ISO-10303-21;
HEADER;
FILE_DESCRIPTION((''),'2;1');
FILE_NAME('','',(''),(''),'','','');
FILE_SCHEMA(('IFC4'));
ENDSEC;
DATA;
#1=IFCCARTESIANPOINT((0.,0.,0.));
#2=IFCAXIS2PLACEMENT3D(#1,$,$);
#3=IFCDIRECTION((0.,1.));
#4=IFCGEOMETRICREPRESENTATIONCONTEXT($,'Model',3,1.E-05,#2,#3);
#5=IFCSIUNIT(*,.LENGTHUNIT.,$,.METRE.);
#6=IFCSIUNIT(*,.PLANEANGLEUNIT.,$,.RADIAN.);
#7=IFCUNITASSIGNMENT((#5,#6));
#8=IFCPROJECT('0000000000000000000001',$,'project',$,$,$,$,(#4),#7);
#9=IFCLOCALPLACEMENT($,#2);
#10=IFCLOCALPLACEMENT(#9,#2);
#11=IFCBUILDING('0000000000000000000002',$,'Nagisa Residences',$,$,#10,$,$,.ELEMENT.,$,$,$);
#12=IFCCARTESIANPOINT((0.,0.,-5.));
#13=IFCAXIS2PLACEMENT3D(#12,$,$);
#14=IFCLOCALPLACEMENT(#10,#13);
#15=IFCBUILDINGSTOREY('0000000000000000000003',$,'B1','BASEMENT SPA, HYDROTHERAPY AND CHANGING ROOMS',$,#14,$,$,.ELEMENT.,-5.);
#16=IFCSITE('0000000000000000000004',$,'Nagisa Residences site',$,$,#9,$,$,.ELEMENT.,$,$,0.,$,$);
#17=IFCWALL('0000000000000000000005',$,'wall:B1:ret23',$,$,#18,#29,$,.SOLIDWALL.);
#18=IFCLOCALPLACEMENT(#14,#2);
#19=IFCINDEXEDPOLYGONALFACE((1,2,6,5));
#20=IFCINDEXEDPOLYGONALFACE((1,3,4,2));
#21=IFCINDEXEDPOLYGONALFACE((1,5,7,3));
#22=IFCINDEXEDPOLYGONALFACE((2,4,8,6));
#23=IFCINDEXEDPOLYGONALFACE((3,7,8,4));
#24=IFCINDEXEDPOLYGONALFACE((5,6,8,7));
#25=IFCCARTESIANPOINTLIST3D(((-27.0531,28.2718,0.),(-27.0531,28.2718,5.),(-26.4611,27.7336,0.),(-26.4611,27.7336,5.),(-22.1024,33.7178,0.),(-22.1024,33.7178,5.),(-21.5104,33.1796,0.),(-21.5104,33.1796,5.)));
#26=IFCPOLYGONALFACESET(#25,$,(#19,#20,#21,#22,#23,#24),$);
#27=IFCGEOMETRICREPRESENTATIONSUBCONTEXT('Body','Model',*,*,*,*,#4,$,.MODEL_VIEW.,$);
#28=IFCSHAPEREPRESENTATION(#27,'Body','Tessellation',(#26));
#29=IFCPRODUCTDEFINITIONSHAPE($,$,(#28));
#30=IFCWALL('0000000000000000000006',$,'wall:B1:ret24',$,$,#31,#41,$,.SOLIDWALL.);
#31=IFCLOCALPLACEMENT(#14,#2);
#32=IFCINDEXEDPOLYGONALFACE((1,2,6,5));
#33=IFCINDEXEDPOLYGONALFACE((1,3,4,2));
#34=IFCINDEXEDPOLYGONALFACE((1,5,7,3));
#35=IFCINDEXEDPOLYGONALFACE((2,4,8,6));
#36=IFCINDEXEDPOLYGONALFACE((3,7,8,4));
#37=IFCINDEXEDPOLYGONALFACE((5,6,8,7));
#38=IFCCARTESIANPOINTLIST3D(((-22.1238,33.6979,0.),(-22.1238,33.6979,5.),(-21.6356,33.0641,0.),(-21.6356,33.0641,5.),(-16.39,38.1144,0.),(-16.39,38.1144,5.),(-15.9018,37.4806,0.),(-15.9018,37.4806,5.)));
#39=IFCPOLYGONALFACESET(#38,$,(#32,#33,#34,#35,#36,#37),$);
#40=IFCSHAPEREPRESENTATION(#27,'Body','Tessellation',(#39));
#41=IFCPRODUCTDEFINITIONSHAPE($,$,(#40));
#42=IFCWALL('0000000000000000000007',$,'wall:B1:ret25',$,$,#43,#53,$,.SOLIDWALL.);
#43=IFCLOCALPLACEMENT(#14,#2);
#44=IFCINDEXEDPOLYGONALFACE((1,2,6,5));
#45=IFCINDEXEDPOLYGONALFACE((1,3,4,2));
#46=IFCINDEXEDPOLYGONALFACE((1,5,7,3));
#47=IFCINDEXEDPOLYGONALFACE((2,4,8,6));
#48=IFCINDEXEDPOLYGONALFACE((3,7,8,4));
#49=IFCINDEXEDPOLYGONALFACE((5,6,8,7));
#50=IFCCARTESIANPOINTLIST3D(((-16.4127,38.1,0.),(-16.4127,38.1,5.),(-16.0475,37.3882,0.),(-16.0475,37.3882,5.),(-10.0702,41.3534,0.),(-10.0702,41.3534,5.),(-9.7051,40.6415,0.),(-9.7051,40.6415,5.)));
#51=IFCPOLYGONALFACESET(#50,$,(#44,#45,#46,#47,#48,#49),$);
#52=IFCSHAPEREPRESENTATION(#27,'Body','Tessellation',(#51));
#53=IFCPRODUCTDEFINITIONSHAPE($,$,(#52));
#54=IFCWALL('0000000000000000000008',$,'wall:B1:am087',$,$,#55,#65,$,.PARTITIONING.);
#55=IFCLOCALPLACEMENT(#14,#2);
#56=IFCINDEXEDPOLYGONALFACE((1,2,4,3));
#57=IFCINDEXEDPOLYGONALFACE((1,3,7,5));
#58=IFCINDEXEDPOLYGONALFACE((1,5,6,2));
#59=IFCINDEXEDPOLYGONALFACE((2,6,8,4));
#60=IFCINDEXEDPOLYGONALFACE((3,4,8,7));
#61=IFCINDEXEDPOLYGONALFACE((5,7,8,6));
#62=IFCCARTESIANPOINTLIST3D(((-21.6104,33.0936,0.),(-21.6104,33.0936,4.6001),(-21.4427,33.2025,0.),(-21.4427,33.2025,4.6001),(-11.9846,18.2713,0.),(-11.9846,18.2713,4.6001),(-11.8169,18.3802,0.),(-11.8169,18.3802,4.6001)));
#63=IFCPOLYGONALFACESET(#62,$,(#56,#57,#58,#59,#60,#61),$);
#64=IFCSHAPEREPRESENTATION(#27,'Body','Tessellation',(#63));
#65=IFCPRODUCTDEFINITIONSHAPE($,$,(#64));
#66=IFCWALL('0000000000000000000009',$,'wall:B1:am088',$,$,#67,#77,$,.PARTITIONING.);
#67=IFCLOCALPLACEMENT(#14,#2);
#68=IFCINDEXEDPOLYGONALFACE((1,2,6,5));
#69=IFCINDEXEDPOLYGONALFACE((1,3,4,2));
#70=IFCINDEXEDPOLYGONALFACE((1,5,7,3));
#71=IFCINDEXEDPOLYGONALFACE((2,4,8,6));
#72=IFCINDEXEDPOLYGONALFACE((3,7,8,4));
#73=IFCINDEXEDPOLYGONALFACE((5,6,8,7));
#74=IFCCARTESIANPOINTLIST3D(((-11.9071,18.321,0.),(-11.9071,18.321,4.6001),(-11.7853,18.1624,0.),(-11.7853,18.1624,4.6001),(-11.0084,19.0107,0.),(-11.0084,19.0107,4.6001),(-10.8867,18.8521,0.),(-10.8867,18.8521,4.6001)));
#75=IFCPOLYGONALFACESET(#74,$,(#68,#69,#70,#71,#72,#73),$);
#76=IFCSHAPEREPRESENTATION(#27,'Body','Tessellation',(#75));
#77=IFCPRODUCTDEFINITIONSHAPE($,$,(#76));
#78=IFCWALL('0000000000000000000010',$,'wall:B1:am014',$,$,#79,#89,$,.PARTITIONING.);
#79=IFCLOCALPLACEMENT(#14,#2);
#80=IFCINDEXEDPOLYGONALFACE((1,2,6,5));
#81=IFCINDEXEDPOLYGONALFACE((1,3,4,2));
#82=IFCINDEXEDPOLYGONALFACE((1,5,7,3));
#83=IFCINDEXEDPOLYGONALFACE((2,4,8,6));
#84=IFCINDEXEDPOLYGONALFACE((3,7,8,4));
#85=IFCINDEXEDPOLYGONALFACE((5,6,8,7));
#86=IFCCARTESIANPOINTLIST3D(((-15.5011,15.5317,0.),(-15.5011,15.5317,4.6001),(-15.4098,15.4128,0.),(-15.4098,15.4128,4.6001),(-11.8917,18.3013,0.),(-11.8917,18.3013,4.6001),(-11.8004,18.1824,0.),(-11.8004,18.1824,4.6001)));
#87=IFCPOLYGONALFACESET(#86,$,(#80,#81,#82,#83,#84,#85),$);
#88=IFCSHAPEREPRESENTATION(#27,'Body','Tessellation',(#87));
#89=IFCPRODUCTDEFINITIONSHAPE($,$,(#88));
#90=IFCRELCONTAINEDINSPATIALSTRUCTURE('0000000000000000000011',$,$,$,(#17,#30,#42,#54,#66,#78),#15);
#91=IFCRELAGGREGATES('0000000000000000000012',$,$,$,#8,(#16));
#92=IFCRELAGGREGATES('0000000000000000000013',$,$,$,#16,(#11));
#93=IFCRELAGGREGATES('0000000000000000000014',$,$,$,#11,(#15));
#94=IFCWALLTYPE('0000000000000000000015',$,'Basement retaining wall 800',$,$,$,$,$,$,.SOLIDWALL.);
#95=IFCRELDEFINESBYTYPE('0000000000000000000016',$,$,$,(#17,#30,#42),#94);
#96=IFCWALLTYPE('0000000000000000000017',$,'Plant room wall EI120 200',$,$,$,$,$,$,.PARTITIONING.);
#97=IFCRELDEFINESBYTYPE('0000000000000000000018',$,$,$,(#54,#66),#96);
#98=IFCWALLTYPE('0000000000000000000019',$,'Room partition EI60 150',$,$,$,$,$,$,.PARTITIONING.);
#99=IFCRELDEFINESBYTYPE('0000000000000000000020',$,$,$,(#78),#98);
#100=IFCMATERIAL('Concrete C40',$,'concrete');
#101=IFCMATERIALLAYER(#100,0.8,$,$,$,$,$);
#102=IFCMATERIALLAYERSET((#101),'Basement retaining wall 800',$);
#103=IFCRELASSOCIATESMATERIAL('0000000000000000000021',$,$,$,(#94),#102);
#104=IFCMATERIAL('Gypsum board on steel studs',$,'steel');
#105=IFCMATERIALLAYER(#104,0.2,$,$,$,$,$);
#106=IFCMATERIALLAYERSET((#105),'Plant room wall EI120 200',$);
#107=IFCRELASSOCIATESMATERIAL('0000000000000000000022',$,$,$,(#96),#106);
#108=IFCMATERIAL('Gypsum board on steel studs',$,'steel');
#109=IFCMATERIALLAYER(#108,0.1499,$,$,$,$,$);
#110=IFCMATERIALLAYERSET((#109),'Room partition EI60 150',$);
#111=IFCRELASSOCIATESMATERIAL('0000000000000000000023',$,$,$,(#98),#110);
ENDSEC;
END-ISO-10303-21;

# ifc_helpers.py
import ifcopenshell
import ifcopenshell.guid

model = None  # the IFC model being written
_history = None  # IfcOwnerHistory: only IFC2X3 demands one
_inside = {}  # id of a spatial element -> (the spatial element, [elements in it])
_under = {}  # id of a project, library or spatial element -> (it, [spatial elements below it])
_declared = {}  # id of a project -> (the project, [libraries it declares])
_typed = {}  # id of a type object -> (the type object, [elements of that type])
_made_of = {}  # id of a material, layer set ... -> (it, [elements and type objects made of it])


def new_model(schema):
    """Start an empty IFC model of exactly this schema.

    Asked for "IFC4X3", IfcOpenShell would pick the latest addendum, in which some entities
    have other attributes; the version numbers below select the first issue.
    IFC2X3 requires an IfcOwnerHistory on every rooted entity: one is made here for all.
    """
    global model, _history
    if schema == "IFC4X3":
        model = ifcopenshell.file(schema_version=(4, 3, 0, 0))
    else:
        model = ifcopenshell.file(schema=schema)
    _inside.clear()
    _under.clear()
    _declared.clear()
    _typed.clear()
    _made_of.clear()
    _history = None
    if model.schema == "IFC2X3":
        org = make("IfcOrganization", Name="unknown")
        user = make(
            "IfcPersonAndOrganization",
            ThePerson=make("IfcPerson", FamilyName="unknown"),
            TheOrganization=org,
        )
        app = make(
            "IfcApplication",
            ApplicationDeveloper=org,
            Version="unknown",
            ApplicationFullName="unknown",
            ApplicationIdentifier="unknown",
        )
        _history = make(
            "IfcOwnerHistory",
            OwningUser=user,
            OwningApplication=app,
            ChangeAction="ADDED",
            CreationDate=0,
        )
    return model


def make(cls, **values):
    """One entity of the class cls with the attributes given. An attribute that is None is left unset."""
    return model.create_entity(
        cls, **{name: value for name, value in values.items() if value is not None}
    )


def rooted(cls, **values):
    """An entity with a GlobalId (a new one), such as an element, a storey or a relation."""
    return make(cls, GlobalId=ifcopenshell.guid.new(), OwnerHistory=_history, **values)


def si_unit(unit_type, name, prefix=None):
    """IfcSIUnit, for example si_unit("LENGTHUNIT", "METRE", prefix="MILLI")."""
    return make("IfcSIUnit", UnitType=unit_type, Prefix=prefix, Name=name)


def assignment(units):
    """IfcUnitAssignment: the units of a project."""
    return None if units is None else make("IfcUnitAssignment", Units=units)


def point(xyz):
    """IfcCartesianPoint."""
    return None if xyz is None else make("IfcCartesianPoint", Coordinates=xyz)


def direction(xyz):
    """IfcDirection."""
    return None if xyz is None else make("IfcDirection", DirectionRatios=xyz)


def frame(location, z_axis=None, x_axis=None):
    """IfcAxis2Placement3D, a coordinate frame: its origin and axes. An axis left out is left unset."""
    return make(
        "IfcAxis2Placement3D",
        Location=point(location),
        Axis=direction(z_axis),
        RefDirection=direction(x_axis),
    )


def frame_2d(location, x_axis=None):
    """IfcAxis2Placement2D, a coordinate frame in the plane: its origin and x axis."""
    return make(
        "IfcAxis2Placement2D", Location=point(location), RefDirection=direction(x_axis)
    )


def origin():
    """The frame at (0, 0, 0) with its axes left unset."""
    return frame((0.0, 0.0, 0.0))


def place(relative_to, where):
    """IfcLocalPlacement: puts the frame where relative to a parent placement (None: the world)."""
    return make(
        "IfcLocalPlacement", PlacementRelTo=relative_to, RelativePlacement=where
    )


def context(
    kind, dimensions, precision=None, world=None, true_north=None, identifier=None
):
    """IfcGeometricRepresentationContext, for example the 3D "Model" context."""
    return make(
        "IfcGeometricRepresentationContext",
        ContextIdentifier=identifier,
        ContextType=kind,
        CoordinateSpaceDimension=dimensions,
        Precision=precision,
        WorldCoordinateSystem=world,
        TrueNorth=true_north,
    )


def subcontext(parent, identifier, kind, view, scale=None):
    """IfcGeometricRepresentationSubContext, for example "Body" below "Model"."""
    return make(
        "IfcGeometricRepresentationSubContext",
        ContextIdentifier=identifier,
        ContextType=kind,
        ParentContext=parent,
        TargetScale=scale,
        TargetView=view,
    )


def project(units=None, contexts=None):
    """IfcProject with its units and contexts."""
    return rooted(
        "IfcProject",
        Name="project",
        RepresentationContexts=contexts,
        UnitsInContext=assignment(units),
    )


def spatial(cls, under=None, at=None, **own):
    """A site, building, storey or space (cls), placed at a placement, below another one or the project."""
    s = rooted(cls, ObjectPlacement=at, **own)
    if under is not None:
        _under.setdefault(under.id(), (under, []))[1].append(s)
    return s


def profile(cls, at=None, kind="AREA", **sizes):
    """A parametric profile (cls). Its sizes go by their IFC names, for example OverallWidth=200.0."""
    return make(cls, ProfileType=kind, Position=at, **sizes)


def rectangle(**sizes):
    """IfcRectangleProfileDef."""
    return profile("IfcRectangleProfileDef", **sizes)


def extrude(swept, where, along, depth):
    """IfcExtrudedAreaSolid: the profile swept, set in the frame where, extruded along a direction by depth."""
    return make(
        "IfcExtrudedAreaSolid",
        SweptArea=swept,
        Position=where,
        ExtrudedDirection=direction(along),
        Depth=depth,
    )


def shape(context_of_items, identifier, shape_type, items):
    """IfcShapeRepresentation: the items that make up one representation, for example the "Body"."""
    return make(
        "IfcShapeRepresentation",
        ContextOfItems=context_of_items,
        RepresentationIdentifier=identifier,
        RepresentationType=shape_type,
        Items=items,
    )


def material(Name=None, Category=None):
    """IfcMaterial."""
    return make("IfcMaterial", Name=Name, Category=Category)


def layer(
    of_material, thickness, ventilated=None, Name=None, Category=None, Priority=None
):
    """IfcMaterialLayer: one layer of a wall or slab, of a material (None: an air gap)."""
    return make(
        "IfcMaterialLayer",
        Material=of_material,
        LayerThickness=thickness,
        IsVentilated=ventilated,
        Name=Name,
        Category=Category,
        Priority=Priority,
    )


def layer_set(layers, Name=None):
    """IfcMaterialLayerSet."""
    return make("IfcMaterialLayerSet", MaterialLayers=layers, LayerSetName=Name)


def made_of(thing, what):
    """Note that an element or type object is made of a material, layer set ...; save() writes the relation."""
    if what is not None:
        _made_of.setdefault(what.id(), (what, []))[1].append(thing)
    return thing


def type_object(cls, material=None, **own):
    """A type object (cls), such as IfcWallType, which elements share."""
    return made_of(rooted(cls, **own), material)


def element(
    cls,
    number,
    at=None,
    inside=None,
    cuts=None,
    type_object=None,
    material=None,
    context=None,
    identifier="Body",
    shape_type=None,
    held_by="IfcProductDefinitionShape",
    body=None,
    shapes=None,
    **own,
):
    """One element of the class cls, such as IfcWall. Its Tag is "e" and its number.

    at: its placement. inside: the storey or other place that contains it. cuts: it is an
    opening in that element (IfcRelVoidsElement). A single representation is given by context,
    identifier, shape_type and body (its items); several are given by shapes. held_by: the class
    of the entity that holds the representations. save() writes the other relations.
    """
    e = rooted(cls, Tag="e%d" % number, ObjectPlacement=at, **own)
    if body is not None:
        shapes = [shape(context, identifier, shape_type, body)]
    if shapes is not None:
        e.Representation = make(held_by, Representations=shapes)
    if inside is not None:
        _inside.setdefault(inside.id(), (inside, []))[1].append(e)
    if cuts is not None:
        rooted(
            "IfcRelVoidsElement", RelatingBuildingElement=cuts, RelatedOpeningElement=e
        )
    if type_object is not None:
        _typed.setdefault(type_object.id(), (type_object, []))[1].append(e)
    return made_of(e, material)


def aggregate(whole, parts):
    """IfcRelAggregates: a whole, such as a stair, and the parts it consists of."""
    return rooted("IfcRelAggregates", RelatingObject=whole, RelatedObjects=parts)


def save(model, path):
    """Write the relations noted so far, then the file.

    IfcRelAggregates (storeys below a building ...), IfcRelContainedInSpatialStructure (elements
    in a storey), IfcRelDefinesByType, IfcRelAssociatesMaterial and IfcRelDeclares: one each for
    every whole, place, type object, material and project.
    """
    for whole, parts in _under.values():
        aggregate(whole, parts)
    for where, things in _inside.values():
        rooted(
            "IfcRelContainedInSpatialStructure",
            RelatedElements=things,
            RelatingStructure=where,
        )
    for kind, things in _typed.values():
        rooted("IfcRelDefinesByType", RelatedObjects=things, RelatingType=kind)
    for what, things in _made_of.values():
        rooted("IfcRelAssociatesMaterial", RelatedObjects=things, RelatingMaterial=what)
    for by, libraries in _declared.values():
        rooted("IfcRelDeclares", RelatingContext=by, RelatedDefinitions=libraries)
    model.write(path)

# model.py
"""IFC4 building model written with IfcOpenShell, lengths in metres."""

from ifc_helpers import new_model, si_unit, direction, frame, frame_2d, origin, place, context, subcontext, project, spatial, rectangle, extrude, material, layer, layer_set, type_object, element, save


model = new_model("IFC4")

# Units and contexts
model_context = context("Model", 3, precision=1e-05, world=origin(), true_north=direction((0.0, 1.0)))
body_context = subcontext(model_context, "Body", "Model", "MODEL_VIEW")
ifc_project = project(units=[si_unit("LENGTHUNIT", "METRE"), si_unit("PLANEANGLEUNIT", "RADIAN")], contexts=[model_context])

# Site, building, storey
site_placement = place(None, origin())
site = spatial("IfcSite", under=ifc_project, at=site_placement, Name="Nagisa Residences site", CompositionType="ELEMENT", RefElevation=0.0)
building_placement = place(site_placement, origin())
building = spatial("IfcBuilding", under=site, at=building_placement, Name="Nagisa Residences", CompositionType="ELEMENT")
storey_placement = place(building_placement, frame((0.0, 0.0, -5.0)))
storey = spatial("IfcBuildingStorey", under=building, at=storey_placement, Name="B1", Description="BASEMENT SPA, HYDROTHERAPY AND CHANGING ROOMS", CompositionType="ELEMENT", Elevation=-5.0)

# Walls
ifc_material_1 = material(Name="Concrete C40", Category="concrete")
ifc_layer_1 = layer(ifc_material_1, 0.8)
ifc_layer_set_1 = layer_set([ifc_layer_1], Name="Basement retaining wall 800")
wall_type_1 = type_object("IfcWallType", Name="Basement retaining wall 800", PredefinedType="SOLIDWALL", material=ifc_layer_set_1)
wall_1_placement = place(storey_placement, frame((-26.7571, 28.0027, 0.0), z_axis=(0.0, 0.0, 1.0), x_axis=(0.672653, 0.739958, 0.0)))
element("IfcWall", 1, at=wall_1_placement, inside=storey, type_object=wall_type_1, Name="wall:B1:ret23", PredefinedType="SOLIDWALL", context=body_context, shape_type="SweptSolid", body=[
    extrude(rectangle(XDim=7.3599, YDim=0.8, at=frame_2d((3.6799, 0.0))), origin(), (0.0, 0.0, 1.0), 5.0),
])
wall_2_placement = place(storey_placement, frame((-21.8796, 33.3811, 0.0), z_axis=(0.0, 0.0, 1.0), x_axis=(0.792235, 0.610216, 0.0)))
element("IfcWall", 2, at=wall_2_placement, inside=storey, type_object=wall_type_1, Name="wall:B1:ret24", PredefinedType="SOLIDWALL", context=body_context, shape_type="SweptSolid", body=[
    extrude(rectangle(XDim=7.2375, YDim=0.8, at=frame_2d((3.6187, 0.0))), origin(), (0.0, 0.0, 1.0), 5.0),
])
wall_3_placement = place(storey_placement, frame((-16.23, 37.7441, 0.0), z_axis=(0.0, 0.0, 1.0), x_axis=(0.88977, 0.45641, 0.0)))
element("IfcWall", 3, at=wall_3_placement, inside=storey, type_object=wall_type_1, Name="wall:B1:ret25", PredefinedType="SOLIDWALL", context=body_context, shape_type="SweptSolid", body=[
    extrude(rectangle(XDim=7.1282, YDim=0.8, at=frame_2d((3.564, 0.0))), origin(), (0.0, 0.0, 1.0), 5.0),
])
ifc_material_2 = material(Name="Gypsum board on steel studs", Category="steel")
ifc_layer_2 = layer(ifc_material_2, 0.2)
ifc_layer_set_2 = layer_set([ifc_layer_2], Name="Plant room wall EI120 200")
wall_type_2 = type_object("IfcWallType", Name="Plant room wall EI120 200", PredefinedType="PARTITIONING", material=ifc_layer_set_2)
wall_4_placement = place(storey_placement, frame((-21.5266, 33.1482, 0.0), z_axis=(0.0, 0.0, 1.0), x_axis=(0.544641, -0.83867, 0.0)))
element("IfcWall", 4, at=wall_4_placement, inside=storey, type_object=wall_type_2, Name="wall:B1:am087", PredefinedType="PARTITIONING", context=body_context, shape_type="SweptSolid", body=[
    extrude(rectangle(XDim=17.6736, YDim=0.2, at=frame_2d((8.8369, 0.0))), origin(), (0.0, 0.0, 1.0), 4.6001),
])
wall_5_placement = place(storey_placement, frame((-11.8462, 18.2417, 0.0), z_axis=(0.0, 0.0, 1.0), x_axis=(0.793304, 0.608825, 0.0)))
element("IfcWall", 5, at=wall_5_placement, inside=storey, type_object=wall_type_2, Name="wall:B1:am088", PredefinedType="PARTITIONING", context=body_context, shape_type="SweptSolid", body=[
    extrude(rectangle(XDim=1.1328, YDim=0.2, at=frame_2d((0.5664, 0.0))), origin(), (0.0, 0.0, 1.0), 4.6001),
])
ifc_material_3 = material(Name="Gypsum board on steel studs", Category="steel")
ifc_layer_3 = layer(ifc_material_3, 0.1499)
ifc_layer_set_3 = layer_set([ifc_layer_3], Name="Room partition EI60 150")
wall_type_3 = type_object("IfcWallType", Name="Room partition EI60 150", PredefinedType="PARTITIONING", material=ifc_layer_set_3)
wall_6_placement = place(storey_placement, frame((-15.4556, 15.4722, 0.0), z_axis=(0.0, 0.0, 1.0), x_axis=(0.793358, 0.608756, 0.0)))
element("IfcWall", 6, at=wall_6_placement, inside=storey, type_object=wall_type_3, Name="wall:B1:am014", PredefinedType="PARTITIONING", context=body_context, shape_type="SweptSolid", body=[
    extrude(rectangle(XDim=4.5496, YDim=0.1499, at=frame_2d((2.2749, 0.0))), origin(), (0.0, 0.0, 1.0), 4.6001),
])

save(model, "model.ifc")
